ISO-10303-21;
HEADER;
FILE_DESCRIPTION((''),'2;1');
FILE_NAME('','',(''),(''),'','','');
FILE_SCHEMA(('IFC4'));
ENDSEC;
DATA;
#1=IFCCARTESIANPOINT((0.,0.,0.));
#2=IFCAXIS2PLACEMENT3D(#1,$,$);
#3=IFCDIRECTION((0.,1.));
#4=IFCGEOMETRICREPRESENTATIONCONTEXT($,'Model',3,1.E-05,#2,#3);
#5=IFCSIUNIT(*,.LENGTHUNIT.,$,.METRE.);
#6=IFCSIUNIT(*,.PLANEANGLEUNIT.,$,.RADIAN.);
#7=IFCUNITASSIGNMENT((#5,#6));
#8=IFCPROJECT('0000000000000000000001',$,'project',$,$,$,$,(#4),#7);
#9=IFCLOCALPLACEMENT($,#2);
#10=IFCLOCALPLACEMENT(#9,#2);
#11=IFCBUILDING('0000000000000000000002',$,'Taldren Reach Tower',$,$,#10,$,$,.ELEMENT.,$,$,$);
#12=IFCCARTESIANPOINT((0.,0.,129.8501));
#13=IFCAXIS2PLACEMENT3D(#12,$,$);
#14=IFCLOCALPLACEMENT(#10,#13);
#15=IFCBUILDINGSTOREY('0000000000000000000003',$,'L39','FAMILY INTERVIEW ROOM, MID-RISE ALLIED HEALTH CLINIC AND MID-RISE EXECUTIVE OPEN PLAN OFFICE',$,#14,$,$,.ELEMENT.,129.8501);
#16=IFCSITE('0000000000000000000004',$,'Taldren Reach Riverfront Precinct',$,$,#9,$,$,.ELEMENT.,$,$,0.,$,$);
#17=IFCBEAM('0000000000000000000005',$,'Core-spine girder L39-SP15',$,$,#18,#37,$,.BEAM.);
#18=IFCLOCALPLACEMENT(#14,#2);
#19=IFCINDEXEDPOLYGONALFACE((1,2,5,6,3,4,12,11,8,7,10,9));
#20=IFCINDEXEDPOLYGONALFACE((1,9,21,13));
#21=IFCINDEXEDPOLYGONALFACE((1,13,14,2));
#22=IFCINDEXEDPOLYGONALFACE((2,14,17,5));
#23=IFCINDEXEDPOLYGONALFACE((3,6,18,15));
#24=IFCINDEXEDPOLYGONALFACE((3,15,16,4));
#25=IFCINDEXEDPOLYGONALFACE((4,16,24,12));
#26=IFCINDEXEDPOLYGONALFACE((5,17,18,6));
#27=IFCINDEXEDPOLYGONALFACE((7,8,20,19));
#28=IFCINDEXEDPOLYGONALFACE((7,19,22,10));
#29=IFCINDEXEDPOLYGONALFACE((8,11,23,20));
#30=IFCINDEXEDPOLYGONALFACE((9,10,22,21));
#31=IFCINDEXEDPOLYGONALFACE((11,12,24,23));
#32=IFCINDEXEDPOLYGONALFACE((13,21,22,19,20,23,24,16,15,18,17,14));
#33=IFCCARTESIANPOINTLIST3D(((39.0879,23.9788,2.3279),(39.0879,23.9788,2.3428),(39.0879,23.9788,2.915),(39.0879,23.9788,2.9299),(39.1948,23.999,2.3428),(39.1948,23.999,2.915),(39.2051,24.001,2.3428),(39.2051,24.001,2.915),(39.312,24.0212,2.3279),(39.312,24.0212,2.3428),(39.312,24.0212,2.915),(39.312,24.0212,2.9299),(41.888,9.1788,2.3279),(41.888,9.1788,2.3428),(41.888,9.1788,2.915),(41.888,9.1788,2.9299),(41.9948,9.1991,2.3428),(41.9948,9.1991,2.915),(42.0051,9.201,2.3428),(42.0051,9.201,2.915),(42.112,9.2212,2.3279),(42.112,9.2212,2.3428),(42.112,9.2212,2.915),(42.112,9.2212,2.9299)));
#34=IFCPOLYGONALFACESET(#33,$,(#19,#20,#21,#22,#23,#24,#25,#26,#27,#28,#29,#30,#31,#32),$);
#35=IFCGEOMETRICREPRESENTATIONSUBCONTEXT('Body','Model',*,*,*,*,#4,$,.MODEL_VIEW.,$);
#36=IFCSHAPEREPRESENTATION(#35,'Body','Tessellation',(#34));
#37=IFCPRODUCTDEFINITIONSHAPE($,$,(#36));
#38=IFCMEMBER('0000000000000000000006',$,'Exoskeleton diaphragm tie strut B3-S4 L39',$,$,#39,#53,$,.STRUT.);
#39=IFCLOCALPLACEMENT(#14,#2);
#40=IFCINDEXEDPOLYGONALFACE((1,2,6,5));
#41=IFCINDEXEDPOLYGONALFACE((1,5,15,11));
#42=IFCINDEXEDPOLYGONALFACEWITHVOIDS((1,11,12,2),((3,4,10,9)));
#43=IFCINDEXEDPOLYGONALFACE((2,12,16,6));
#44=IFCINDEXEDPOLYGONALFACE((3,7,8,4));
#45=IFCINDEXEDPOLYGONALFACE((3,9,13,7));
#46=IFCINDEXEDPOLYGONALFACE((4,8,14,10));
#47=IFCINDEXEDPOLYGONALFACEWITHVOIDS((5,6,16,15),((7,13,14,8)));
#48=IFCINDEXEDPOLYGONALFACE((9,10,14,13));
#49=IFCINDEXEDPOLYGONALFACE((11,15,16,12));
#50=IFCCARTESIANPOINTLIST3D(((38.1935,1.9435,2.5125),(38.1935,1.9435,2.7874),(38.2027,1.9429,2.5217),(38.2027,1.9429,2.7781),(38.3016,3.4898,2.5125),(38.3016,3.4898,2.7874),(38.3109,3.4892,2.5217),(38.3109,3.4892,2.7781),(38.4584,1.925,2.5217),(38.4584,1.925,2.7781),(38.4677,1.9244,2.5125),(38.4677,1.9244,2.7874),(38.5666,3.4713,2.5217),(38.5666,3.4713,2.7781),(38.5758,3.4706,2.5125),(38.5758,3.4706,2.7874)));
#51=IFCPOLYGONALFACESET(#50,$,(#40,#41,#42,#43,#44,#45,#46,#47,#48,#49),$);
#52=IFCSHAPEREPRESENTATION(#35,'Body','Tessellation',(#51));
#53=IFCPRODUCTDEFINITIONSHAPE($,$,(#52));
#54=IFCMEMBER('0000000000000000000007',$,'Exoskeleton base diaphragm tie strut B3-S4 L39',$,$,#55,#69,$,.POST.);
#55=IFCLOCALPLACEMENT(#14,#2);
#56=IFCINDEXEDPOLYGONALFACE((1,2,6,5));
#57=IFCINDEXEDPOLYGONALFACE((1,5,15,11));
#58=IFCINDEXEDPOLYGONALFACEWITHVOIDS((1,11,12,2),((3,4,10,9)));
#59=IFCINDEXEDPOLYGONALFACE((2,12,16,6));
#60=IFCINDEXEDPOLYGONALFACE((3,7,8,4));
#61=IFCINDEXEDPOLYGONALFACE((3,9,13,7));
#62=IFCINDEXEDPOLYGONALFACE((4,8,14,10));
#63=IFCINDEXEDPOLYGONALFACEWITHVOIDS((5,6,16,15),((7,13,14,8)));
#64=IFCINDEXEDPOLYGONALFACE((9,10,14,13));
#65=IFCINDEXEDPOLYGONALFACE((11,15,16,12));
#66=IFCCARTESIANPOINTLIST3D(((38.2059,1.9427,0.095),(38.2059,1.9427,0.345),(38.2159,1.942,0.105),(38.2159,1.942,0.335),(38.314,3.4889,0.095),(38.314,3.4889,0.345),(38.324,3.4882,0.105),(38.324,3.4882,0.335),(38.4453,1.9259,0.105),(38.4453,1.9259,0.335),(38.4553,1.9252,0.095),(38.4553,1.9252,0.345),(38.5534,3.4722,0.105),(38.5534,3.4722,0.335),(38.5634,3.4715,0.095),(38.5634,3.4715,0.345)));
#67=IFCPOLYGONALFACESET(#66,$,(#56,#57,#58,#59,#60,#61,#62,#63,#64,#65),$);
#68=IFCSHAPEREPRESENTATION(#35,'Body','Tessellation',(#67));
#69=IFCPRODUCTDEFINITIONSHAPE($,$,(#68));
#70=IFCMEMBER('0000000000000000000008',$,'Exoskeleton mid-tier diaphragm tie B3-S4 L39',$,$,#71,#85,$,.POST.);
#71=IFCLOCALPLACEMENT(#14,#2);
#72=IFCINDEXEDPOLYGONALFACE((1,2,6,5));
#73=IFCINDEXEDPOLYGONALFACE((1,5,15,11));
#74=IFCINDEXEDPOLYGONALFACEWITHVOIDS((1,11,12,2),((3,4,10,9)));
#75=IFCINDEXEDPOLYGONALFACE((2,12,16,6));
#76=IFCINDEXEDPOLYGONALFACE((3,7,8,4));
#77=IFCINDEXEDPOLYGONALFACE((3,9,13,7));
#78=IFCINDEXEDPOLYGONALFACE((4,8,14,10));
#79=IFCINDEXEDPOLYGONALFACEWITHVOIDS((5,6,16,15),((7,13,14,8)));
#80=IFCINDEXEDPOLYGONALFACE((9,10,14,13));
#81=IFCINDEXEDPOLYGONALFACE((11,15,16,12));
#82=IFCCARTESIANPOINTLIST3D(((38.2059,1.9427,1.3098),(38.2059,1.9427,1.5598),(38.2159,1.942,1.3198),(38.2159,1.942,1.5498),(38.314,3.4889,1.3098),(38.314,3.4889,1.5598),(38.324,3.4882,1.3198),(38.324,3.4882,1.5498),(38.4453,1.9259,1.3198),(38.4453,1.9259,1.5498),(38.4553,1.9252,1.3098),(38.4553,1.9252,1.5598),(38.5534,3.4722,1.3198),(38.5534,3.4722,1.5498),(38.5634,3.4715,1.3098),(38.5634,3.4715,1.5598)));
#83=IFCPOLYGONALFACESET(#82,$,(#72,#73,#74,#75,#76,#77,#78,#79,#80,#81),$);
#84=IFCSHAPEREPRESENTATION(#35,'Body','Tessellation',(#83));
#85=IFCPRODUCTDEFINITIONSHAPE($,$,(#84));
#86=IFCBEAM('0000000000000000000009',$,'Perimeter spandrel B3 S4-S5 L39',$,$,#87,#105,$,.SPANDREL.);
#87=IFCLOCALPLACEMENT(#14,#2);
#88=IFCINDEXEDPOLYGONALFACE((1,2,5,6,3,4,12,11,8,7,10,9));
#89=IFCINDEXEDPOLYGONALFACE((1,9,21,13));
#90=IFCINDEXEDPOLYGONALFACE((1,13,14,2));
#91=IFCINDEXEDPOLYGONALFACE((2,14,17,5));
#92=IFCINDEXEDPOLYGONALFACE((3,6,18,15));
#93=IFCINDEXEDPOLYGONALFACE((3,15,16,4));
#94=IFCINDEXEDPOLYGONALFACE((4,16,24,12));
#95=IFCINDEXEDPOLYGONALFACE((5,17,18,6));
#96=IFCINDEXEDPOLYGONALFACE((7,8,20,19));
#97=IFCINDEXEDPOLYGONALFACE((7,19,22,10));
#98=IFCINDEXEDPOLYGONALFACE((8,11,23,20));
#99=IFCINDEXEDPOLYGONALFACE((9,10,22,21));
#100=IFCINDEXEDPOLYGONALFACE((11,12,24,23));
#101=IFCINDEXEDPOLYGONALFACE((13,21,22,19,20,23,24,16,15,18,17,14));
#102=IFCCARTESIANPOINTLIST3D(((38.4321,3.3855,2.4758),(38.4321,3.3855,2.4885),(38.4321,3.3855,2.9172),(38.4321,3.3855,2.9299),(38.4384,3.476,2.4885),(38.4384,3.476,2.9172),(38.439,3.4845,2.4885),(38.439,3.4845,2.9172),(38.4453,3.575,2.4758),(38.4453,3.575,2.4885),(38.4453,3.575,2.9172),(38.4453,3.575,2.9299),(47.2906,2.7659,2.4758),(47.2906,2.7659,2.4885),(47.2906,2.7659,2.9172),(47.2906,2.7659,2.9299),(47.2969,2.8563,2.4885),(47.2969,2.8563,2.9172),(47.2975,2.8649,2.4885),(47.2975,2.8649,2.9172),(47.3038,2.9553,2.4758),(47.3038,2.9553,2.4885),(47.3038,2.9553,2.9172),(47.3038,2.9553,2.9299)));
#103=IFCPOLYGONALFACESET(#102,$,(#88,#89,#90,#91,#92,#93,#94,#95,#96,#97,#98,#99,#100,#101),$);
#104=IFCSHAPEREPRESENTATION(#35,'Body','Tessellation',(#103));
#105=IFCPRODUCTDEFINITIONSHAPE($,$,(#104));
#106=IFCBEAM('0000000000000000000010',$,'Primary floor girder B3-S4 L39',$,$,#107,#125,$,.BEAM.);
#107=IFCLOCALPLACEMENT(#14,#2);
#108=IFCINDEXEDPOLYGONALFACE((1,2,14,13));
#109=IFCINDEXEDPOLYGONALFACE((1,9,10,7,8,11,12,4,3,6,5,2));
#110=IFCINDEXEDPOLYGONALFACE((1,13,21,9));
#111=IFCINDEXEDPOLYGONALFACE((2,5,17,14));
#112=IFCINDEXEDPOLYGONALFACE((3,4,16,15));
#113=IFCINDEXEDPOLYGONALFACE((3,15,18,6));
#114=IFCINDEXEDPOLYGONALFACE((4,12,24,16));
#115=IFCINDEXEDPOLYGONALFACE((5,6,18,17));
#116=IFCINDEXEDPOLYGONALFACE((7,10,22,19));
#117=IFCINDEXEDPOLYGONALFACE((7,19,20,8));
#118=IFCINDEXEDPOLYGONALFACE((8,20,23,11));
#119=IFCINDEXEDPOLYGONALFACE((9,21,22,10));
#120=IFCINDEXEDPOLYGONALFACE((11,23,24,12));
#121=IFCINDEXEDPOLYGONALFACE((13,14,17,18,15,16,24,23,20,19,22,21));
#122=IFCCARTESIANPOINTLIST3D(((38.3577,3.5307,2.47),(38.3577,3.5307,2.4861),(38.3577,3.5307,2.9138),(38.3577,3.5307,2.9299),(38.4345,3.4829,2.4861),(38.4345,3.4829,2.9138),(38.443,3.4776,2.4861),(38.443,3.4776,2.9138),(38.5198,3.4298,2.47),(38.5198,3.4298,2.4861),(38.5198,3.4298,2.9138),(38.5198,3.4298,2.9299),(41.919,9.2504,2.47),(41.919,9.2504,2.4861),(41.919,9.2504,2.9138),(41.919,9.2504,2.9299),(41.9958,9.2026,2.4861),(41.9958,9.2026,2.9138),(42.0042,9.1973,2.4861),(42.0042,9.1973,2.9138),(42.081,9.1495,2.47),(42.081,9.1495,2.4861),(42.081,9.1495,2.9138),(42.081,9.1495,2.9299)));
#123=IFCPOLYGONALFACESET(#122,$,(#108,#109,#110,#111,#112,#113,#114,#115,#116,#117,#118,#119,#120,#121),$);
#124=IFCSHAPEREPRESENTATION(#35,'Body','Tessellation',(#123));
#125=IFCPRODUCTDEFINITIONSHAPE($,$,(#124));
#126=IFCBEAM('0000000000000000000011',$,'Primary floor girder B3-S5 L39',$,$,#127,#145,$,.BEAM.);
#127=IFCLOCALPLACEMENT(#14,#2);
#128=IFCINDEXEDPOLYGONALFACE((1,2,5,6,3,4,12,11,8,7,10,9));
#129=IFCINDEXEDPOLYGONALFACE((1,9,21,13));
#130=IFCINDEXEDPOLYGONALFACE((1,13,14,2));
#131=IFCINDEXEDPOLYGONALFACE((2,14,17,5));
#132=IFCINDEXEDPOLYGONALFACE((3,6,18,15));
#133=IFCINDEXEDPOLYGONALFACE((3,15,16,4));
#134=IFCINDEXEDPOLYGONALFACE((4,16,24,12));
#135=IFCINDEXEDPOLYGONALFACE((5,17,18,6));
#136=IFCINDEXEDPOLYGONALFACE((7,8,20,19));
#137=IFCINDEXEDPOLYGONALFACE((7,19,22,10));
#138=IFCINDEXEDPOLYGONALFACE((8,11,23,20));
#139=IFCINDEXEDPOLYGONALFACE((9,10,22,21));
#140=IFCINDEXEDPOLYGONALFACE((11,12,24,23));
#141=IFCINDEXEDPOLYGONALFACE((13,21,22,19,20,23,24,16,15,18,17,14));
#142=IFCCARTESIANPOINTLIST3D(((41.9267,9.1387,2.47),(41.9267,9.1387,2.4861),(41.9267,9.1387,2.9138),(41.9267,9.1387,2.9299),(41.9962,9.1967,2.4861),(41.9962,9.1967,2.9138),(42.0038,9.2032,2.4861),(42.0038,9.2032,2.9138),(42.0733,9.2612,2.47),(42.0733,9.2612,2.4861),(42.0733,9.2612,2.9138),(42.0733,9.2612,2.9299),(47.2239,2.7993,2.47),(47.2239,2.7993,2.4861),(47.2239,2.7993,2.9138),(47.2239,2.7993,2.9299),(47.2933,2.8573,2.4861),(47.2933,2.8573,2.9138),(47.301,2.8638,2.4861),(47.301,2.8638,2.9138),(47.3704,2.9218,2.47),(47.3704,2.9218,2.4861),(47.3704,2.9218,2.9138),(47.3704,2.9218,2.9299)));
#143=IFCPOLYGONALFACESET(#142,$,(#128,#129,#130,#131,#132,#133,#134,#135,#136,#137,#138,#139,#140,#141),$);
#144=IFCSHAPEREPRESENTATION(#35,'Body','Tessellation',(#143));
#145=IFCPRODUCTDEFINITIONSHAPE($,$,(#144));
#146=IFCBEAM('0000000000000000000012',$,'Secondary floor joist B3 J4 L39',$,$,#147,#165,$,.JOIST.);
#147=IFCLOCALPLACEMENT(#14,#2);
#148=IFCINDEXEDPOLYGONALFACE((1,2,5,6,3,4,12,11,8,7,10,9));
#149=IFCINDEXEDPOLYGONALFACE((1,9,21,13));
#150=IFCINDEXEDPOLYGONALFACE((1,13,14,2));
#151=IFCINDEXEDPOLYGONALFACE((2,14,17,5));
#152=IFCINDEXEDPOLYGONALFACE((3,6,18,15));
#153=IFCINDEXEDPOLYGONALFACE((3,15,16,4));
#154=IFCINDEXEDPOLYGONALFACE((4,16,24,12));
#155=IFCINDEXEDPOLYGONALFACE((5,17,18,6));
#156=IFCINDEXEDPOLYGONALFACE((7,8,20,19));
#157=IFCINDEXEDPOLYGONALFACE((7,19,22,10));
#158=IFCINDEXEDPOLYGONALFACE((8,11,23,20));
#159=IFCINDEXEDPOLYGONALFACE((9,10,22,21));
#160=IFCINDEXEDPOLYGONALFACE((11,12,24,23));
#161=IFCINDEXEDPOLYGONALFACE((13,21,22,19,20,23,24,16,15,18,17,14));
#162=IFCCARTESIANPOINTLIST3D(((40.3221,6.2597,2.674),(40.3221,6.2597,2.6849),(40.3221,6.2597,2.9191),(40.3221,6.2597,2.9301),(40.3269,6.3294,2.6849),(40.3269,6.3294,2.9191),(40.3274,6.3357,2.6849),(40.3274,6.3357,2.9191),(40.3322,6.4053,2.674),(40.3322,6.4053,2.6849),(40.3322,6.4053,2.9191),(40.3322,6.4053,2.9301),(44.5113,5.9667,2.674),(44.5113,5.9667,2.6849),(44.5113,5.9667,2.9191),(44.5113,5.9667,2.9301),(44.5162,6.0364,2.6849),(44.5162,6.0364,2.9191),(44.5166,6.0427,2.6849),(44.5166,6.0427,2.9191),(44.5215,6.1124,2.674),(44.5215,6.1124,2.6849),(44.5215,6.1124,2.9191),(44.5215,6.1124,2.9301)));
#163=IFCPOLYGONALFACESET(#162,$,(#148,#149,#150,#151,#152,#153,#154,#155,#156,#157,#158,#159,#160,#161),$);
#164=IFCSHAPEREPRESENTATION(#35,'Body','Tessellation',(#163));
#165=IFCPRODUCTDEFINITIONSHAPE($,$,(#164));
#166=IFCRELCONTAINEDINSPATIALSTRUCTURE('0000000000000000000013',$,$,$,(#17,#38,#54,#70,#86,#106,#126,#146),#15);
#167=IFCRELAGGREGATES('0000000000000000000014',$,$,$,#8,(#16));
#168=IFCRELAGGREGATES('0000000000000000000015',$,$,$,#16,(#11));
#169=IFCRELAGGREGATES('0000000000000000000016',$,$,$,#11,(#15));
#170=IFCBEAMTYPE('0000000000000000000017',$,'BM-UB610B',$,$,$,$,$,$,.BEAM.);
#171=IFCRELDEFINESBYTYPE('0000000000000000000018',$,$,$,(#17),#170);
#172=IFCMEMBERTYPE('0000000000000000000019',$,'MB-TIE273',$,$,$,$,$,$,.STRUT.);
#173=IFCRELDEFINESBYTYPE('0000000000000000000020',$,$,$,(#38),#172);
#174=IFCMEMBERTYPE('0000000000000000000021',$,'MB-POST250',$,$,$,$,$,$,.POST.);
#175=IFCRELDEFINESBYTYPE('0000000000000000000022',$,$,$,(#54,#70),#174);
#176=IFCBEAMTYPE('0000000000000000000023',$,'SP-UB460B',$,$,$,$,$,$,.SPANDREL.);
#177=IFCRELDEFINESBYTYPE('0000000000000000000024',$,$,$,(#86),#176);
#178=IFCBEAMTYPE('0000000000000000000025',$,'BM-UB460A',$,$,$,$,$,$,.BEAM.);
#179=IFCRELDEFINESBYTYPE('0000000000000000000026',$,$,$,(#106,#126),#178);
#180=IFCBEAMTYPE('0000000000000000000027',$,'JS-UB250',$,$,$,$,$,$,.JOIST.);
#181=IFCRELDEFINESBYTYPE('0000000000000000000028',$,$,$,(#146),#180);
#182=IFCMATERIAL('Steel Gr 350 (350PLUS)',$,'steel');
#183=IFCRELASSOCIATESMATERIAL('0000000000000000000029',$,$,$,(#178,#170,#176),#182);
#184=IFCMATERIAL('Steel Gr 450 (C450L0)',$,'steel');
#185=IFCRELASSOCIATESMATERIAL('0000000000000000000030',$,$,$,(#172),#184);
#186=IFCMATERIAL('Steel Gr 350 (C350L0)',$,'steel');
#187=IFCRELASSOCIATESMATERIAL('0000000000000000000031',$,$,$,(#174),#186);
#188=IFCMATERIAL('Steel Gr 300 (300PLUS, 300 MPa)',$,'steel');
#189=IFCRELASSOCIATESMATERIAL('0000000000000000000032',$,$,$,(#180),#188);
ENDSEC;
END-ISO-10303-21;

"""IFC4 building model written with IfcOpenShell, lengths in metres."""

from ifc_helpers import new_model, si_unit, direction, frame, origin, origin_2d, place, context, subcontext, project, spatial, hollow_rectangle, i_section, extrude, source, transform, mapped, material, material_profile, profile_set, type_object, element, save


model = new_model("IFC4")

# Units and contexts
model_context = context("Model", 3, precision=1e-05, world=origin(), true_north=direction((0.0, 1.0)))
body_context = subcontext(model_context, "Body", "Model", "MODEL_VIEW")
ifc_project = project(units=[si_unit("LENGTHUNIT", "METRE"), si_unit("PLANEANGLEUNIT", "RADIAN")], contexts=[model_context])

# Site, building, storey
site_placement = place(None, origin())
site = spatial("IfcSite", under=ifc_project, at=site_placement, Name="Taldren Reach Riverfront Precinct", CompositionType="ELEMENT", RefElevation=0.0)
building_placement = place(site_placement, origin())
building = spatial("IfcBuilding", under=site, at=building_placement, Name="Taldren Reach Tower", CompositionType="ELEMENT")
storey_placement = place(building_placement, frame((0.0, 0.0, 129.8501)))
storey = spatial("IfcBuildingStorey", under=building, at=storey_placement, Name="L39", Description="FAMILY INTERVIEW ROOM, MID-RISE ALLIED HEALTH CLINIC AND MID-RISE EXECUTIVE OPEN PLAN OFFICE", CompositionType="ELEMENT", Elevation=129.8501)

# Shared definitions
ifc_material_1 = material(Name="Steel Gr 350 (350PLUS)", Category="steel")
ifc_material_2 = material(Name="Steel Gr 450 (C450L0)", Category="steel")

# Beam
ifc_material_profile_1 = material_profile(ifc_material_1, i_section(OverallWidth=0.1909, OverallDepth=0.46, WebThickness=0.01, FlangeThickness=0.0161, at=origin_2d()), Name="460UB82.1")
ifc_profile_set_1 = profile_set([ifc_material_profile_1], Name="Steel Gr 350 (350PLUS)")
beam_type_1 = type_object("IfcBeamType", Name="BM-UB460A", PredefinedType="BEAM", material=ifc_profile_set_1)
ifc_material_profile_2 = material_profile(ifc_material_1, i_section(OverallWidth=0.228, OverallDepth=0.6021, WebThickness=0.0105, FlangeThickness=0.0149, at=origin_2d()), Name="610UB101")
ifc_profile_set_2 = profile_set([ifc_material_profile_2], Name="Steel Gr 350 (350PLUS)")
beam_type_2 = type_object("IfcBeamType", Name="BM-UB610B", PredefinedType="BEAM", material=ifc_profile_set_2)
shared_shape_1 = source(origin(), body_context, "Body", "SweptSolid", [
    extrude(i_section(OverallWidth=0.228, OverallDepth=0.6021, WebThickness=0.0105, FlangeThickness=0.0149, at=origin_2d()), origin(), (0.0, 0.0, 1.0), 15.0625),
])
beam_1_placement = place(storey_placement, frame((39.2, 24.0, 2.6289), z_axis=(0.185894, -0.98257, 0.0), x_axis=(0.98257, 0.185894, 0.0)))
element("IfcBeam", 1, at=beam_1_placement, inside=storey, type_object=beam_type_2, Name="Core-spine girder L39-SP15", PredefinedType="BEAM", context=body_context, shape_type="MappedRepresentation", body=[
    mapped(shared_shape_1, transform((0.0, 0.0, 0.0), scale=1.0)),
])

# Members
ifc_material_profile_3 = material_profile(ifc_material_2, hollow_rectangle(XDim=0.2749, YDim=0.2749, WallThickness=0.0093, at=origin_2d()), Name="275x275x9.3SHS")
ifc_profile_set_3 = profile_set([ifc_material_profile_3], Name="Steel Gr 450 (C450L0)")
member_type_1 = type_object("IfcMemberType", Name="MB-TIE273", PredefinedType="STRUT", material=ifc_profile_set_3)
shared_shape_2 = source(origin(), body_context, "Body", "SweptSolid", [
    extrude(hollow_rectangle(XDim=0.2749, YDim=0.2749, WallThickness=0.0093, at=origin_2d()), origin(), (0.0, 0.0, 1.0), 1.55),
])
member_placement = place(storey_placement, frame((38.4387, 3.4802, 2.6499), z_axis=(-0.06977, -0.997563, 0.0), x_axis=(0.997563, -0.06977, 0.0)))
element("IfcMember", 2, at=member_placement, inside=storey, type_object=member_type_1, Name="Exoskeleton diaphragm tie strut B3-S4 L39", PredefinedType="STRUT", context=body_context, shape_type="MappedRepresentation", body=[
    mapped(shared_shape_2, transform((0.0, 0.0, 0.0), scale=1.0)),
])
ifc_material_3 = material(Name="Steel Gr 350 (C350L0)", Category="steel")
ifc_material_profile_4 = material_profile(ifc_material_3, hollow_rectangle(XDim=0.25, YDim=0.25, WallThickness=0.01, at=origin_2d()), Name="250x250x10.0SHS")
ifc_profile_set_4 = profile_set([ifc_material_profile_4], Name="Steel Gr 350 (C350L0)")
member_type_2 = type_object("IfcMemberType", Name="MB-POST250", PredefinedType="POST", material=ifc_profile_set_4)
shared_shape_3 = source(origin(), body_context, "Body", "SweptSolid", [
    extrude(hollow_rectangle(XDim=0.25, YDim=0.25, WallThickness=0.01, at=origin_2d()), origin(), (0.0, 0.0, 1.0), 1.55),
])
for number, where, z_axis, x_axis, name in (
    (3, (38.4387, 3.4802, 0.22), (-0.06977, -0.997563, 0.0), (0.997563, -0.06977, 0.0), "Exoskeleton base diaphragm tie strut B3-S4 L39"),
    (4, (38.4387, 3.4802, 1.4348), (-0.06977, -0.997563, 0.0), (0.997563, -0.06977, 0.0), "Exoskeleton mid-tier diaphragm tie B3-S4 L39"),
):
    element("IfcMember", number, at=place(storey_placement, frame(where, z_axis=z_axis, x_axis=x_axis)), inside=storey, type_object=member_type_2, Name=name, PredefinedType="POST", context=body_context, shape_type="MappedRepresentation", body=[
        mapped(shared_shape_3, transform((0.0, 0.0, 0.0), scale=1.0)),
    ])

# Beams
ifc_material_profile_5 = material_profile(ifc_material_1, i_section(OverallWidth=0.1899, OverallDepth=0.4541, WebThickness=0.0085, FlangeThickness=0.0127, at=origin_2d()), Name="460UB67.1")
ifc_profile_set_5 = profile_set([ifc_material_profile_5], Name="Steel Gr 350 (350PLUS)")
beam_type_3 = type_object("IfcBeamType", Name="SP-UB460B", PredefinedType="SPANDREL", material=ifc_profile_set_5)
shared_shape_4 = source(origin(), body_context, "Body", "SweptSolid", [
    extrude(i_section(OverallWidth=0.1899, OverallDepth=0.4541, WebThickness=0.0085, FlangeThickness=0.0127, at=origin_2d()), origin(), (0.0, 0.0, 1.0), 8.8801),
])
beam_2_placement = place(storey_placement, frame((38.4387, 3.4802, 2.7029), z_axis=(0.997563, -0.069778, 0.0), x_axis=(0.069778, 0.997563, 0.0)))
element("IfcBeam", 5, at=beam_2_placement, inside=storey, type_object=beam_type_3, Name="Perimeter spandrel B3 S4-S5 L39", PredefinedType="SPANDREL", context=body_context, shape_type="MappedRepresentation", body=[
    mapped(shared_shape_4, transform((0.0, 0.0, 0.0), scale=1.0)),
])
shared_shape_5 = source(origin(), body_context, "Body", "SweptSolid", [
    extrude(i_section(OverallWidth=0.1909, OverallDepth=0.46, WebThickness=0.01, FlangeThickness=0.0161, at=origin_2d()), origin(), (0.0, 0.0, 1.0), 6.7378),
])
beam_3_placement = place(storey_placement, frame((42.0, 9.2, 2.7), z_axis=(-0.528552, -0.848901, 0.0), x_axis=(0.848901, -0.528552, 0.0)))
element("IfcBeam", 6, at=beam_3_placement, inside=storey, type_object=beam_type_1, Name="Primary floor girder B3-S4 L39", PredefinedType="BEAM", context=body_context, shape_type="MappedRepresentation", body=[
    mapped(shared_shape_5, transform((0.0, 0.0, 0.0), scale=1.0)),
])
shared_shape_6 = source(origin(), body_context, "Body", "SweptSolid", [
    extrude(i_section(OverallWidth=0.1909, OverallDepth=0.46, WebThickness=0.01, FlangeThickness=0.0161, at=origin_2d()), origin(), (0.0, 0.0, 1.0), 8.2612),
])
beam_4_placement = place(storey_placement, frame((42.0, 9.2, 2.7), z_axis=(0.641207, -0.767368, 0.0), x_axis=(0.767368, 0.641207, 0.0)))
element("IfcBeam", 7, at=beam_4_placement, inside=storey, type_object=beam_type_1, Name="Primary floor girder B3-S5 L39", PredefinedType="BEAM", context=body_context, shape_type="MappedRepresentation", body=[
    mapped(shared_shape_6, transform((0.0, 0.0, 0.0), scale=1.0)),
])
ifc_material_4 = material(Name="Steel Gr 300 (300PLUS, 300 MPa)", Category="steel")
ifc_material_profile_6 = material_profile(ifc_material_4, i_section(OverallWidth=0.146, OverallDepth=0.2561, WebThickness=0.0063, FlangeThickness=0.011, at=origin_2d()), Name="250UB37.3")
ifc_profile_set_6 = profile_set([ifc_material_profile_6], Name="Steel Gr 300 (300PLUS, 300 MPa)")
beam_type_4 = type_object("IfcBeamType", Name="JS-UB250", PredefinedType="JOIST", material=ifc_profile_set_6)
shared_shape_7 = source(origin(), body_context, "Body", "SweptSolid", [
    extrude(i_section(OverallWidth=0.146, OverallDepth=0.2561, WebThickness=0.0063, FlangeThickness=0.011, at=origin_2d()), origin(), (0.0, 0.0, 1.0), 4.1995),
])
beam_5_placement = place(storey_placement, frame((40.3271, 6.3325, 2.802), z_axis=(0.997564, -0.069764, 0.0), x_axis=(0.069764, 0.997564, 0.0)))
element("IfcBeam", 8, at=beam_5_placement, inside=storey, type_object=beam_type_4, Name="Secondary floor joist B3 J4 L39", PredefinedType="JOIST", context=body_context, shape_type="MappedRepresentation", body=[
    mapped(shared_shape_7, transform((0.0, 0.0, 0.0), scale=1.0)),
])

save(model, "model.ifc")
